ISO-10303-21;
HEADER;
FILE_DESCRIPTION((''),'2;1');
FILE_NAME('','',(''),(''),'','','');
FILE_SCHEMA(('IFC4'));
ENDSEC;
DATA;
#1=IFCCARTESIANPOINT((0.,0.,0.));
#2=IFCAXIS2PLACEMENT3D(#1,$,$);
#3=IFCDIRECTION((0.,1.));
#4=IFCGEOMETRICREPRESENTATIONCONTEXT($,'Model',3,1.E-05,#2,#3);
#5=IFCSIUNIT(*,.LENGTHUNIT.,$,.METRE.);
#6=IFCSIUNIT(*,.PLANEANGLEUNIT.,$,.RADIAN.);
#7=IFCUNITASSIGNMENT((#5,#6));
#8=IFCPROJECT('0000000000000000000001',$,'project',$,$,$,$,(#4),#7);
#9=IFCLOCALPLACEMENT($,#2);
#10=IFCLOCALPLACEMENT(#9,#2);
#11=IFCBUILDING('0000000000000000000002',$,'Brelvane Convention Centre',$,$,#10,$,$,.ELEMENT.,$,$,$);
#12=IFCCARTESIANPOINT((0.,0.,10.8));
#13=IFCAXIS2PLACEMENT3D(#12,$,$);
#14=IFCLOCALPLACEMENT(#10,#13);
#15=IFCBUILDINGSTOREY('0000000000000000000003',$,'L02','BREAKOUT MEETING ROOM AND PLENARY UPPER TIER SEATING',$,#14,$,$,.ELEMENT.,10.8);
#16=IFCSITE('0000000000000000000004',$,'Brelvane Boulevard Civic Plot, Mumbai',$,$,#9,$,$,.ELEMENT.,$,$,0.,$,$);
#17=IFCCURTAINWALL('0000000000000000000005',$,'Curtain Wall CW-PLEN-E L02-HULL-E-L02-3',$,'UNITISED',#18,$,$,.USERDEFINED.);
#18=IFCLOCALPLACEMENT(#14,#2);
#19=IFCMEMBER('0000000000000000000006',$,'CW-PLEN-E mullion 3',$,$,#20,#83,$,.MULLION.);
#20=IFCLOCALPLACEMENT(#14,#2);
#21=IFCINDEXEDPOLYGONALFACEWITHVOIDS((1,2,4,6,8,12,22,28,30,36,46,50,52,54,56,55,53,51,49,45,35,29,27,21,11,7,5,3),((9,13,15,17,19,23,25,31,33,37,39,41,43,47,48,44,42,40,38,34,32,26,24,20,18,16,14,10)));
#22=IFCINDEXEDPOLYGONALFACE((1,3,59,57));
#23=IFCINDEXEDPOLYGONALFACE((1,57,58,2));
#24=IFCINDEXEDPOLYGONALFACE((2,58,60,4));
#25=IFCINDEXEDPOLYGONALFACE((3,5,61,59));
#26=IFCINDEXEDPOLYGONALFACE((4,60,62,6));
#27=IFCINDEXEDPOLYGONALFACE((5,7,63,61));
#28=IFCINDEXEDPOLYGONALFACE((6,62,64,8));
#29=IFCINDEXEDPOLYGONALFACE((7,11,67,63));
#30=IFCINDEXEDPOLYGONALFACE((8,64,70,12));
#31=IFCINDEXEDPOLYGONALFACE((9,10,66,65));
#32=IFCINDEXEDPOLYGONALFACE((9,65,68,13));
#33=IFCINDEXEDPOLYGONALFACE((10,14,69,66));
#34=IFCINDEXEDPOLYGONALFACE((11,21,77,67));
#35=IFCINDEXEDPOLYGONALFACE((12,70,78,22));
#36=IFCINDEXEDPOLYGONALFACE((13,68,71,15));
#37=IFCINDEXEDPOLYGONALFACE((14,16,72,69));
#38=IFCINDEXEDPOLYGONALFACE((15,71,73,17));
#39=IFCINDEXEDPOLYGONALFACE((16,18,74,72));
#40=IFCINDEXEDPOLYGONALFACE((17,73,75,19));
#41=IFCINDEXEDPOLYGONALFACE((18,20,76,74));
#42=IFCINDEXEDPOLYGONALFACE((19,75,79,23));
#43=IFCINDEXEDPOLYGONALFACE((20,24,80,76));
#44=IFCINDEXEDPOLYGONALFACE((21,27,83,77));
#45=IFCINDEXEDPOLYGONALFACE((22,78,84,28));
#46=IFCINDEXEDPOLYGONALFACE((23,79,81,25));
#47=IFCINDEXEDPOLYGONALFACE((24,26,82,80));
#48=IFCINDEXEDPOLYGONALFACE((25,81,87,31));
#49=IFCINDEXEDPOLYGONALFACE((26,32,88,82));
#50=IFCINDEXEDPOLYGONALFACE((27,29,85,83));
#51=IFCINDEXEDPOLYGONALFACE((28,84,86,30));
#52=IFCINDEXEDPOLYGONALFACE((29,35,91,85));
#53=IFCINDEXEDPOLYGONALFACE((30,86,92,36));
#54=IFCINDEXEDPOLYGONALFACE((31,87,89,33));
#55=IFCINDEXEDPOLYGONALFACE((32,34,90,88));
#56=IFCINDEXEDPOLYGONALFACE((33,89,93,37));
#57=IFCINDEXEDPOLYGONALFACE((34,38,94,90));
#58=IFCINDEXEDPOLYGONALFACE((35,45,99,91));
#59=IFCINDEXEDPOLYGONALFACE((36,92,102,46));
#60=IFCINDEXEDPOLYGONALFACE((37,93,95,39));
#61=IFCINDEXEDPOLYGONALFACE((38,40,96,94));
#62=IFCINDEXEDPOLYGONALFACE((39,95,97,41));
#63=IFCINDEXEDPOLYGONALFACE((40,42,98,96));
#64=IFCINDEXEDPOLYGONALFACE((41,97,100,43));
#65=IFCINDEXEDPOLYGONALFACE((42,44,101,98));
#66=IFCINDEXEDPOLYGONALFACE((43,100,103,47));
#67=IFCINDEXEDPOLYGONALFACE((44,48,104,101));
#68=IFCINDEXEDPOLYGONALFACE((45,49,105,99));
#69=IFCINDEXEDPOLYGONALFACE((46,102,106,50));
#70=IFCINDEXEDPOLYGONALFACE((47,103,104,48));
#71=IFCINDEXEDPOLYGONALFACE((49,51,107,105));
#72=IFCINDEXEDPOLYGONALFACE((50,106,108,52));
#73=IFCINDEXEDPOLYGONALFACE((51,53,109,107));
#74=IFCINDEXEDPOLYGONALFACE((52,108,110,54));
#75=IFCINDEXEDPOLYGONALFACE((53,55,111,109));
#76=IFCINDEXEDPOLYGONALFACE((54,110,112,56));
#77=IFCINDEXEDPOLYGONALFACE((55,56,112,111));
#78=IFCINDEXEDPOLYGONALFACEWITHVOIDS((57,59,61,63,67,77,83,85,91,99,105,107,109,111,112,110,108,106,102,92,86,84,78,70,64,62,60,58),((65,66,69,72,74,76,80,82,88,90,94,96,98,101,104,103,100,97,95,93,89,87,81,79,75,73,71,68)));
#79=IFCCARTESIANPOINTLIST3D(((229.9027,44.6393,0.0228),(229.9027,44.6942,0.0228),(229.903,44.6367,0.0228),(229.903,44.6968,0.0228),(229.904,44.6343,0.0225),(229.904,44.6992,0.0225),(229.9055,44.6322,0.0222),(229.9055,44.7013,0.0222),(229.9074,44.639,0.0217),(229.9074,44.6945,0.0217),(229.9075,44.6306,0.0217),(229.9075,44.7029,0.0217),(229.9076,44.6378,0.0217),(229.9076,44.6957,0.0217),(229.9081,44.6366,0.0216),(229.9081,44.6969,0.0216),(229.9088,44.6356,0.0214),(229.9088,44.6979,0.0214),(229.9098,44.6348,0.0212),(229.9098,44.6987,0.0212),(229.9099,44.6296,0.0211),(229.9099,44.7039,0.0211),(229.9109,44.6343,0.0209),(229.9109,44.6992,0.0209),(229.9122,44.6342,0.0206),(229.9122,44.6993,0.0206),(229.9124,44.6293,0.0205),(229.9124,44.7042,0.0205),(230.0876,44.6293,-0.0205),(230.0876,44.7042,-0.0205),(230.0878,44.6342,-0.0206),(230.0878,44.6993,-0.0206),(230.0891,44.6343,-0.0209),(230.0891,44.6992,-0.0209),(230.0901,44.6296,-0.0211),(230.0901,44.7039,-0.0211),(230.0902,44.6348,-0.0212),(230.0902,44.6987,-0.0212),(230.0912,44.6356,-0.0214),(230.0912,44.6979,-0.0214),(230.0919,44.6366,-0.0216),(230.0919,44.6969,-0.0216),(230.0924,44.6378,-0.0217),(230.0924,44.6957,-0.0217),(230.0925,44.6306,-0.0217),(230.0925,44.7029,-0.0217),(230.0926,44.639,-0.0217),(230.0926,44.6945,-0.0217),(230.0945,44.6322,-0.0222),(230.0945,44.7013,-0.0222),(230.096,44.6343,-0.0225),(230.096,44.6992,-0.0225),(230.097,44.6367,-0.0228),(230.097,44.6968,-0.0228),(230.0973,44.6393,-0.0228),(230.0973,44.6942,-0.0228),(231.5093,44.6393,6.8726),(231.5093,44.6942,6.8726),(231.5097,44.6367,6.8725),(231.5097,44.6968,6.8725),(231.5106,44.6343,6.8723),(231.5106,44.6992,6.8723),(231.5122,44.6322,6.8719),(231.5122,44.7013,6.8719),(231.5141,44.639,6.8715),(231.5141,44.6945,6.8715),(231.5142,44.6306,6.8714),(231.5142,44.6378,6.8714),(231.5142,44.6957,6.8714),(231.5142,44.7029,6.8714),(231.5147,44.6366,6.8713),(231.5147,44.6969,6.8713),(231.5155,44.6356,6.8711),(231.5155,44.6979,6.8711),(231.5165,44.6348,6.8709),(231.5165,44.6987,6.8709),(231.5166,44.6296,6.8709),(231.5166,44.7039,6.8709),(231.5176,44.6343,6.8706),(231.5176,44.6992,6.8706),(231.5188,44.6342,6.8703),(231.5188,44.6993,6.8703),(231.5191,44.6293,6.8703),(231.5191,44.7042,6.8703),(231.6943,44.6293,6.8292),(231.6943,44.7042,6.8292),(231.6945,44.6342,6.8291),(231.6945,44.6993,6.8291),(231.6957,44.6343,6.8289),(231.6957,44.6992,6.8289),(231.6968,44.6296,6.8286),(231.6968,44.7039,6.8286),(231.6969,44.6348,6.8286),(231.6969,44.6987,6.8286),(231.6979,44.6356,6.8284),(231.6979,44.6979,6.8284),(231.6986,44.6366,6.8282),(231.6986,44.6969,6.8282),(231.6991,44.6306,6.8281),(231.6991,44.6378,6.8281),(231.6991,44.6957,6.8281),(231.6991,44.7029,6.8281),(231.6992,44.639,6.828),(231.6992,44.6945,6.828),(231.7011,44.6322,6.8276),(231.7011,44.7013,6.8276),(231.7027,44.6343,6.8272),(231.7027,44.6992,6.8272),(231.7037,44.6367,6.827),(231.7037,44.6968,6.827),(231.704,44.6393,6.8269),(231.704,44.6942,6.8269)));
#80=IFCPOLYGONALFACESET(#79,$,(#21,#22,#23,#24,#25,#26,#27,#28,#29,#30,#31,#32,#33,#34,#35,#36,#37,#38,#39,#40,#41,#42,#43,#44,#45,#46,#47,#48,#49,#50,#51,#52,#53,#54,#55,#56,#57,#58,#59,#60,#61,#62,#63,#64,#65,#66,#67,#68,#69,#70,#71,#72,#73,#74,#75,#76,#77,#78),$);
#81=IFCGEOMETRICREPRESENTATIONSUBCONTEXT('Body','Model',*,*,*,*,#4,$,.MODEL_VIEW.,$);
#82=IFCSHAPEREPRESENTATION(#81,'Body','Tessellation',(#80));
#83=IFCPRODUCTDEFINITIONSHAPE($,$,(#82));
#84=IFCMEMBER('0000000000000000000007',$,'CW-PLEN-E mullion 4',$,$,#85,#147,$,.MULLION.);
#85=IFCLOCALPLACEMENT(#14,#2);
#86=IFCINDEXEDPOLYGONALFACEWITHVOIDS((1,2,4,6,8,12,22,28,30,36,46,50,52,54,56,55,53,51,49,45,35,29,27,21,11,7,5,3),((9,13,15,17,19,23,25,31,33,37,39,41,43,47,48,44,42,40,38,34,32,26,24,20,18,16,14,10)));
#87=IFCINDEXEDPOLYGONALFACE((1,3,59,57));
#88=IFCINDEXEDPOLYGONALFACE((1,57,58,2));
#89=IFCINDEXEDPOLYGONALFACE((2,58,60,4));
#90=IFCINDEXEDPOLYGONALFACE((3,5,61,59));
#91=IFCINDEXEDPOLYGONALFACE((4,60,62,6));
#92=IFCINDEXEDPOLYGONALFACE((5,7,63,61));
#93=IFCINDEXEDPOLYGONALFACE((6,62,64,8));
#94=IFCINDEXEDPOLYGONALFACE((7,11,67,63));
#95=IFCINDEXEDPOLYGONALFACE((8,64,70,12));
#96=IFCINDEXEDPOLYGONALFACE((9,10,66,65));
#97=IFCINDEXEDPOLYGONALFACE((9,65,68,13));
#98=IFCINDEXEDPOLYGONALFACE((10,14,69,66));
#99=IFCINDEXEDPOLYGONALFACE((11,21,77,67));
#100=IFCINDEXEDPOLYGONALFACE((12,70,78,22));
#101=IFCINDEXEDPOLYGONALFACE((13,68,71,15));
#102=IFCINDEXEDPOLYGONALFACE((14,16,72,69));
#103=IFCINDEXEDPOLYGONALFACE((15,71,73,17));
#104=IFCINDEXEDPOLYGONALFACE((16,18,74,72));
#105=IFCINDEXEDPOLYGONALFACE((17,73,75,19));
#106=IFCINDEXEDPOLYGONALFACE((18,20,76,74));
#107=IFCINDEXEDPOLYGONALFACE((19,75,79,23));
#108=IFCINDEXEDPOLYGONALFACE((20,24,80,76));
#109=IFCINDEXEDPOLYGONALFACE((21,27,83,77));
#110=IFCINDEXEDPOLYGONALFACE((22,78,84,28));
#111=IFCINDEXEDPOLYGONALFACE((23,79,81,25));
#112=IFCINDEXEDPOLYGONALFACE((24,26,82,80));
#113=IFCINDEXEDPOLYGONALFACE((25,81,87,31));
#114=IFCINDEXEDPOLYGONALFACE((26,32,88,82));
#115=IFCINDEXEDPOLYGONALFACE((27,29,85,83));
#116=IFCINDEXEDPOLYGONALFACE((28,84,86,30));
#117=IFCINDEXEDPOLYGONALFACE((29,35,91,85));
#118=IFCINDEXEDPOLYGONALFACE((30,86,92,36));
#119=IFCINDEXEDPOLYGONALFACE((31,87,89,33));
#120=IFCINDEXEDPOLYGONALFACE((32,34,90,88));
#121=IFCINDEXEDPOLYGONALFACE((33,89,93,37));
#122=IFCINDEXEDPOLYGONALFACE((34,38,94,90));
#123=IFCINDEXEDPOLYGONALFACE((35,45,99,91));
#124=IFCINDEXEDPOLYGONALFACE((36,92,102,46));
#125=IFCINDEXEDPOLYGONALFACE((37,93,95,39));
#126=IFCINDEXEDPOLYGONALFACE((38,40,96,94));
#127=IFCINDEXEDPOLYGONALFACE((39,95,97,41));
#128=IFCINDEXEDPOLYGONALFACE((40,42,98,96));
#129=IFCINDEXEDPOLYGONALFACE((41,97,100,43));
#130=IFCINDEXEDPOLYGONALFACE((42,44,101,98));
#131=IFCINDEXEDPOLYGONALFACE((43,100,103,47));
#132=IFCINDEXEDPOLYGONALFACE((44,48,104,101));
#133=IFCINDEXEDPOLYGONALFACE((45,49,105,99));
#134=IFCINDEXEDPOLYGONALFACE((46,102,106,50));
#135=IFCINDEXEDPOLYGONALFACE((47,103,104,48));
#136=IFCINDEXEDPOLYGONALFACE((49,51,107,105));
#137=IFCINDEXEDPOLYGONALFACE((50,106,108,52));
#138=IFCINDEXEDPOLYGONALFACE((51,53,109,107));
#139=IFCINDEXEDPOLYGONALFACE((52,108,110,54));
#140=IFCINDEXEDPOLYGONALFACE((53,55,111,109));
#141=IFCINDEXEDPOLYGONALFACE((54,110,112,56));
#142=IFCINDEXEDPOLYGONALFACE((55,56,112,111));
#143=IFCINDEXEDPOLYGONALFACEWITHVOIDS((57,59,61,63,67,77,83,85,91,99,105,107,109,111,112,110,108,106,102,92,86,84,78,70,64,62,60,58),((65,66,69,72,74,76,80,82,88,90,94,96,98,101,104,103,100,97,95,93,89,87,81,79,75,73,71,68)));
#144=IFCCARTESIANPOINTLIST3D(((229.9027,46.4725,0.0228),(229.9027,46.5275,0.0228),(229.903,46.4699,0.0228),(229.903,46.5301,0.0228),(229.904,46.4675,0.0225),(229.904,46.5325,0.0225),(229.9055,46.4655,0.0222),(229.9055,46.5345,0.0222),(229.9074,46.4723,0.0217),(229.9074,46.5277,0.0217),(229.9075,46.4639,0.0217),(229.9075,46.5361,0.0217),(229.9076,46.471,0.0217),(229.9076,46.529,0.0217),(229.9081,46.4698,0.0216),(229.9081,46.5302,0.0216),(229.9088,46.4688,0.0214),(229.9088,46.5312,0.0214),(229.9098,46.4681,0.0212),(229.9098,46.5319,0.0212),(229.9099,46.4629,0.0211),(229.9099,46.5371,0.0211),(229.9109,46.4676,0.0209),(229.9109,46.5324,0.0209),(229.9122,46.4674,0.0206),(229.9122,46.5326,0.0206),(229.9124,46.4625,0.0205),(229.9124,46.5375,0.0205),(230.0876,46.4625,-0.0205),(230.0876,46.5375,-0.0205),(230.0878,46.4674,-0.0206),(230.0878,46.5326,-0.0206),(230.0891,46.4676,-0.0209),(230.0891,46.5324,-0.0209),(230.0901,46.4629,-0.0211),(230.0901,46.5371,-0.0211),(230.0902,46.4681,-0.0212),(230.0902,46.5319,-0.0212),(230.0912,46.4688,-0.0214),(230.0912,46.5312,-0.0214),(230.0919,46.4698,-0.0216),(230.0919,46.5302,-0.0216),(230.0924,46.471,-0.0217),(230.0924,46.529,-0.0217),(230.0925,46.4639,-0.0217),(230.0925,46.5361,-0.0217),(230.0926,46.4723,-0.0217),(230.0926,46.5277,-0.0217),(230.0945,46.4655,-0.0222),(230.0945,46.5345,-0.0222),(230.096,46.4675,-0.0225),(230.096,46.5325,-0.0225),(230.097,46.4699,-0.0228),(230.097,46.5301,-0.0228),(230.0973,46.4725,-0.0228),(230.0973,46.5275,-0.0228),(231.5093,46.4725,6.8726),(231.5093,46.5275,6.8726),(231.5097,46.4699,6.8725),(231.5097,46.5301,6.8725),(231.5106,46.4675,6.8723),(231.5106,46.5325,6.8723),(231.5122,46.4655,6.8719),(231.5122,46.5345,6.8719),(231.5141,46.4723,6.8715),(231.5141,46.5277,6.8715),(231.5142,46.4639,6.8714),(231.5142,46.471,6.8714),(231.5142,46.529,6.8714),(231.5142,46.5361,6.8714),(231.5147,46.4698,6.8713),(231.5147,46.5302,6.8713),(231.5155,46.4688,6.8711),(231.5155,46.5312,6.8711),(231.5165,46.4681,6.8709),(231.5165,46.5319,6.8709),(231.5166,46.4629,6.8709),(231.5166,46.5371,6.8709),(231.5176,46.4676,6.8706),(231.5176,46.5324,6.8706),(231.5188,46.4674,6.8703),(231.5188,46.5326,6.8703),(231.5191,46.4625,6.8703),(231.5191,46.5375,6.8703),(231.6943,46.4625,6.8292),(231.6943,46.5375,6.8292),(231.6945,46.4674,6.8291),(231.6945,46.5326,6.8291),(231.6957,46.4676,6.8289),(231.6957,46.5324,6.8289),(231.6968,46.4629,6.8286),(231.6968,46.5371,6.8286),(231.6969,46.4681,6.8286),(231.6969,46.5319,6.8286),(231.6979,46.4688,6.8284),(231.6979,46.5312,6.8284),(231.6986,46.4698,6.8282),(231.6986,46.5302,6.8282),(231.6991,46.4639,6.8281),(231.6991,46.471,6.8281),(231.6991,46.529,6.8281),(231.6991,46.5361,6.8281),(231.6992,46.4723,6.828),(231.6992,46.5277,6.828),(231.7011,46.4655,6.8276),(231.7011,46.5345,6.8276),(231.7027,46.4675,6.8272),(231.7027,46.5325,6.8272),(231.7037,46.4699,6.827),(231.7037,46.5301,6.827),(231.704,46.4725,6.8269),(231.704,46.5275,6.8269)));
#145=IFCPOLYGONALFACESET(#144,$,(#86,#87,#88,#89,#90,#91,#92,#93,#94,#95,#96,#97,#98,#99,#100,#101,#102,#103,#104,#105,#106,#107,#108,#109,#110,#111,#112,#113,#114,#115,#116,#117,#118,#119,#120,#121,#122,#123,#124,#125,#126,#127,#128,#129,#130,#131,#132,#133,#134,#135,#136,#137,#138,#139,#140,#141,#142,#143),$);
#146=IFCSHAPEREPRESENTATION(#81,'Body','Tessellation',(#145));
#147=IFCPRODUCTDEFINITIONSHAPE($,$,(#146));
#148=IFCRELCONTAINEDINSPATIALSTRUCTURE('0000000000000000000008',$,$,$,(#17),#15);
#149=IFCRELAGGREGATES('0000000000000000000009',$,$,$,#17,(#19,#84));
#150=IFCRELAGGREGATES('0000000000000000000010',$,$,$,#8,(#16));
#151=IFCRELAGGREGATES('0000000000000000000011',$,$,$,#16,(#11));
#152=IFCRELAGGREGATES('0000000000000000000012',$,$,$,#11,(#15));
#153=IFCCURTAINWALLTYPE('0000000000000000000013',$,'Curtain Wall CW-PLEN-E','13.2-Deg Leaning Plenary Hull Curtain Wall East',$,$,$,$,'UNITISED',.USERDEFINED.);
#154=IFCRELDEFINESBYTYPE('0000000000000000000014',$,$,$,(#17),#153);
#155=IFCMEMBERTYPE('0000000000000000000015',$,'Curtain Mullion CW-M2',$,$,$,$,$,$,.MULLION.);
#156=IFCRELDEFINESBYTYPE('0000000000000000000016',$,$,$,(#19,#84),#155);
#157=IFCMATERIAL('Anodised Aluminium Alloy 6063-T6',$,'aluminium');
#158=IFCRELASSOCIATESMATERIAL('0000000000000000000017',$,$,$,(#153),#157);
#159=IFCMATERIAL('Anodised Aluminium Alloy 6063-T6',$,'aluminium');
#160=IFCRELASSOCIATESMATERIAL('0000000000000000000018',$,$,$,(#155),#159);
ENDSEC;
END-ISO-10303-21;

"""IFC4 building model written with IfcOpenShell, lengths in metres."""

from ifc_helpers import new_model, si_unit, direction, frame, origin, origin_2d, place, context, subcontext, project, spatial, hollow_rectangle, extrude, material, material_profile, profile_set, type_object, element, aggregate, save


model = new_model("IFC4")

# Units and contexts
model_context = context("Model", 3, precision=1e-05, world=origin(), true_north=direction((0.0, 1.0)))
body_context = subcontext(model_context, "Body", "Model", "MODEL_VIEW")
ifc_project = project(units=[si_unit("LENGTHUNIT", "METRE"), si_unit("PLANEANGLEUNIT", "RADIAN")], contexts=[model_context])

# Site, building, storey
site_placement = place(None, origin())
site = spatial("IfcSite", under=ifc_project, at=site_placement, Name="Brelvane Boulevard Civic Plot, Mumbai", CompositionType="ELEMENT", RefElevation=0.0)
building_placement = place(site_placement, origin())
building = spatial("IfcBuilding", under=site, at=building_placement, Name="Brelvane Convention Centre", CompositionType="ELEMENT")
storey_placement = place(building_placement, frame((0.0, 0.0, 10.8)))
storey = spatial("IfcBuildingStorey", under=building, at=storey_placement, Name="L02", Description="BREAKOUT MEETING ROOM AND PLENARY UPPER TIER SEATING", CompositionType="ELEMENT", Elevation=10.8)

# Curtain wall, members
ifc_material_1 = material(Name="Anodised Aluminium Alloy 6063-T6", Category="aluminium")
curtain_wall_type = type_object("IfcCurtainWallType", Name="Curtain Wall CW-PLEN-E", Description="13.2-Deg Leaning Plenary Hull Curtain Wall East", ElementType="UNITISED", PredefinedType="USERDEFINED", material=ifc_material_1)
curtain_wall_1_placement = place(storey_placement, origin())
curtain_wall_1 = element("IfcCurtainWall", 1, at=curtain_wall_1_placement, inside=storey, type_object=curtain_wall_type, Name="Curtain Wall CW-PLEN-E L02-HULL-E-L02-3", ObjectType="UNITISED", PredefinedType="USERDEFINED")
ifc_material_2 = material(Name="Anodised Aluminium Alloy 6063-T6", Category="aluminium")
ifc_material_profile_1 = material_profile(ifc_material_2, hollow_rectangle(XDim=0.075, YDim=0.2, WallThickness=0.0049, InnerFilletRadius=0.0049, OuterFilletRadius=0.01, at=origin_2d()), Name="ALU-M 200x75x5.0")
ifc_profile_set_1 = profile_set([ifc_material_profile_1], Name="Anodised Aluminium Alloy 6063-T6")
member_type_1 = type_object("IfcMemberType", Name="Curtain Mullion CW-M2", PredefinedType="MULLION", material=ifc_profile_set_1)
member_1_placement = place(storey_placement, frame((230.0, 44.6667, 0.0), z_axis=(0.22836, 0.0, 0.973577), x_axis=(0.0, 1.0, 0.0)))
member_1 = element("IfcMember", 2, at=member_1_placement, type_object=member_type_1, Name="CW-PLEN-E mullion 3", PredefinedType="MULLION", context=body_context, shape_type="SweptSolid", body=[
    extrude(hollow_rectangle(XDim=0.075, YDim=0.2, WallThickness=0.0049, InnerFilletRadius=0.0049, OuterFilletRadius=0.01, at=origin_2d()), origin(), (0.0, 0.0, 1.0), 7.0356),
])
member_2_placement = place(storey_placement, frame((230.0, 46.5, 0.0), z_axis=(0.22836, 0.0, 0.973577), x_axis=(0.0, 1.0, 0.0)))
member_2 = element("IfcMember", 3, at=member_2_placement, type_object=member_type_1, Name="CW-PLEN-E mullion 4", PredefinedType="MULLION", context=body_context, shape_type="SweptSolid", body=[
    extrude(hollow_rectangle(XDim=0.075, YDim=0.2, WallThickness=0.0049, InnerFilletRadius=0.0049, OuterFilletRadius=0.01, at=origin_2d()), origin(), (0.0, 0.0, 1.0), 7.0356),
])

aggregate(curtain_wall_1, [member_1, member_2])

save(model, "model.ifc")
